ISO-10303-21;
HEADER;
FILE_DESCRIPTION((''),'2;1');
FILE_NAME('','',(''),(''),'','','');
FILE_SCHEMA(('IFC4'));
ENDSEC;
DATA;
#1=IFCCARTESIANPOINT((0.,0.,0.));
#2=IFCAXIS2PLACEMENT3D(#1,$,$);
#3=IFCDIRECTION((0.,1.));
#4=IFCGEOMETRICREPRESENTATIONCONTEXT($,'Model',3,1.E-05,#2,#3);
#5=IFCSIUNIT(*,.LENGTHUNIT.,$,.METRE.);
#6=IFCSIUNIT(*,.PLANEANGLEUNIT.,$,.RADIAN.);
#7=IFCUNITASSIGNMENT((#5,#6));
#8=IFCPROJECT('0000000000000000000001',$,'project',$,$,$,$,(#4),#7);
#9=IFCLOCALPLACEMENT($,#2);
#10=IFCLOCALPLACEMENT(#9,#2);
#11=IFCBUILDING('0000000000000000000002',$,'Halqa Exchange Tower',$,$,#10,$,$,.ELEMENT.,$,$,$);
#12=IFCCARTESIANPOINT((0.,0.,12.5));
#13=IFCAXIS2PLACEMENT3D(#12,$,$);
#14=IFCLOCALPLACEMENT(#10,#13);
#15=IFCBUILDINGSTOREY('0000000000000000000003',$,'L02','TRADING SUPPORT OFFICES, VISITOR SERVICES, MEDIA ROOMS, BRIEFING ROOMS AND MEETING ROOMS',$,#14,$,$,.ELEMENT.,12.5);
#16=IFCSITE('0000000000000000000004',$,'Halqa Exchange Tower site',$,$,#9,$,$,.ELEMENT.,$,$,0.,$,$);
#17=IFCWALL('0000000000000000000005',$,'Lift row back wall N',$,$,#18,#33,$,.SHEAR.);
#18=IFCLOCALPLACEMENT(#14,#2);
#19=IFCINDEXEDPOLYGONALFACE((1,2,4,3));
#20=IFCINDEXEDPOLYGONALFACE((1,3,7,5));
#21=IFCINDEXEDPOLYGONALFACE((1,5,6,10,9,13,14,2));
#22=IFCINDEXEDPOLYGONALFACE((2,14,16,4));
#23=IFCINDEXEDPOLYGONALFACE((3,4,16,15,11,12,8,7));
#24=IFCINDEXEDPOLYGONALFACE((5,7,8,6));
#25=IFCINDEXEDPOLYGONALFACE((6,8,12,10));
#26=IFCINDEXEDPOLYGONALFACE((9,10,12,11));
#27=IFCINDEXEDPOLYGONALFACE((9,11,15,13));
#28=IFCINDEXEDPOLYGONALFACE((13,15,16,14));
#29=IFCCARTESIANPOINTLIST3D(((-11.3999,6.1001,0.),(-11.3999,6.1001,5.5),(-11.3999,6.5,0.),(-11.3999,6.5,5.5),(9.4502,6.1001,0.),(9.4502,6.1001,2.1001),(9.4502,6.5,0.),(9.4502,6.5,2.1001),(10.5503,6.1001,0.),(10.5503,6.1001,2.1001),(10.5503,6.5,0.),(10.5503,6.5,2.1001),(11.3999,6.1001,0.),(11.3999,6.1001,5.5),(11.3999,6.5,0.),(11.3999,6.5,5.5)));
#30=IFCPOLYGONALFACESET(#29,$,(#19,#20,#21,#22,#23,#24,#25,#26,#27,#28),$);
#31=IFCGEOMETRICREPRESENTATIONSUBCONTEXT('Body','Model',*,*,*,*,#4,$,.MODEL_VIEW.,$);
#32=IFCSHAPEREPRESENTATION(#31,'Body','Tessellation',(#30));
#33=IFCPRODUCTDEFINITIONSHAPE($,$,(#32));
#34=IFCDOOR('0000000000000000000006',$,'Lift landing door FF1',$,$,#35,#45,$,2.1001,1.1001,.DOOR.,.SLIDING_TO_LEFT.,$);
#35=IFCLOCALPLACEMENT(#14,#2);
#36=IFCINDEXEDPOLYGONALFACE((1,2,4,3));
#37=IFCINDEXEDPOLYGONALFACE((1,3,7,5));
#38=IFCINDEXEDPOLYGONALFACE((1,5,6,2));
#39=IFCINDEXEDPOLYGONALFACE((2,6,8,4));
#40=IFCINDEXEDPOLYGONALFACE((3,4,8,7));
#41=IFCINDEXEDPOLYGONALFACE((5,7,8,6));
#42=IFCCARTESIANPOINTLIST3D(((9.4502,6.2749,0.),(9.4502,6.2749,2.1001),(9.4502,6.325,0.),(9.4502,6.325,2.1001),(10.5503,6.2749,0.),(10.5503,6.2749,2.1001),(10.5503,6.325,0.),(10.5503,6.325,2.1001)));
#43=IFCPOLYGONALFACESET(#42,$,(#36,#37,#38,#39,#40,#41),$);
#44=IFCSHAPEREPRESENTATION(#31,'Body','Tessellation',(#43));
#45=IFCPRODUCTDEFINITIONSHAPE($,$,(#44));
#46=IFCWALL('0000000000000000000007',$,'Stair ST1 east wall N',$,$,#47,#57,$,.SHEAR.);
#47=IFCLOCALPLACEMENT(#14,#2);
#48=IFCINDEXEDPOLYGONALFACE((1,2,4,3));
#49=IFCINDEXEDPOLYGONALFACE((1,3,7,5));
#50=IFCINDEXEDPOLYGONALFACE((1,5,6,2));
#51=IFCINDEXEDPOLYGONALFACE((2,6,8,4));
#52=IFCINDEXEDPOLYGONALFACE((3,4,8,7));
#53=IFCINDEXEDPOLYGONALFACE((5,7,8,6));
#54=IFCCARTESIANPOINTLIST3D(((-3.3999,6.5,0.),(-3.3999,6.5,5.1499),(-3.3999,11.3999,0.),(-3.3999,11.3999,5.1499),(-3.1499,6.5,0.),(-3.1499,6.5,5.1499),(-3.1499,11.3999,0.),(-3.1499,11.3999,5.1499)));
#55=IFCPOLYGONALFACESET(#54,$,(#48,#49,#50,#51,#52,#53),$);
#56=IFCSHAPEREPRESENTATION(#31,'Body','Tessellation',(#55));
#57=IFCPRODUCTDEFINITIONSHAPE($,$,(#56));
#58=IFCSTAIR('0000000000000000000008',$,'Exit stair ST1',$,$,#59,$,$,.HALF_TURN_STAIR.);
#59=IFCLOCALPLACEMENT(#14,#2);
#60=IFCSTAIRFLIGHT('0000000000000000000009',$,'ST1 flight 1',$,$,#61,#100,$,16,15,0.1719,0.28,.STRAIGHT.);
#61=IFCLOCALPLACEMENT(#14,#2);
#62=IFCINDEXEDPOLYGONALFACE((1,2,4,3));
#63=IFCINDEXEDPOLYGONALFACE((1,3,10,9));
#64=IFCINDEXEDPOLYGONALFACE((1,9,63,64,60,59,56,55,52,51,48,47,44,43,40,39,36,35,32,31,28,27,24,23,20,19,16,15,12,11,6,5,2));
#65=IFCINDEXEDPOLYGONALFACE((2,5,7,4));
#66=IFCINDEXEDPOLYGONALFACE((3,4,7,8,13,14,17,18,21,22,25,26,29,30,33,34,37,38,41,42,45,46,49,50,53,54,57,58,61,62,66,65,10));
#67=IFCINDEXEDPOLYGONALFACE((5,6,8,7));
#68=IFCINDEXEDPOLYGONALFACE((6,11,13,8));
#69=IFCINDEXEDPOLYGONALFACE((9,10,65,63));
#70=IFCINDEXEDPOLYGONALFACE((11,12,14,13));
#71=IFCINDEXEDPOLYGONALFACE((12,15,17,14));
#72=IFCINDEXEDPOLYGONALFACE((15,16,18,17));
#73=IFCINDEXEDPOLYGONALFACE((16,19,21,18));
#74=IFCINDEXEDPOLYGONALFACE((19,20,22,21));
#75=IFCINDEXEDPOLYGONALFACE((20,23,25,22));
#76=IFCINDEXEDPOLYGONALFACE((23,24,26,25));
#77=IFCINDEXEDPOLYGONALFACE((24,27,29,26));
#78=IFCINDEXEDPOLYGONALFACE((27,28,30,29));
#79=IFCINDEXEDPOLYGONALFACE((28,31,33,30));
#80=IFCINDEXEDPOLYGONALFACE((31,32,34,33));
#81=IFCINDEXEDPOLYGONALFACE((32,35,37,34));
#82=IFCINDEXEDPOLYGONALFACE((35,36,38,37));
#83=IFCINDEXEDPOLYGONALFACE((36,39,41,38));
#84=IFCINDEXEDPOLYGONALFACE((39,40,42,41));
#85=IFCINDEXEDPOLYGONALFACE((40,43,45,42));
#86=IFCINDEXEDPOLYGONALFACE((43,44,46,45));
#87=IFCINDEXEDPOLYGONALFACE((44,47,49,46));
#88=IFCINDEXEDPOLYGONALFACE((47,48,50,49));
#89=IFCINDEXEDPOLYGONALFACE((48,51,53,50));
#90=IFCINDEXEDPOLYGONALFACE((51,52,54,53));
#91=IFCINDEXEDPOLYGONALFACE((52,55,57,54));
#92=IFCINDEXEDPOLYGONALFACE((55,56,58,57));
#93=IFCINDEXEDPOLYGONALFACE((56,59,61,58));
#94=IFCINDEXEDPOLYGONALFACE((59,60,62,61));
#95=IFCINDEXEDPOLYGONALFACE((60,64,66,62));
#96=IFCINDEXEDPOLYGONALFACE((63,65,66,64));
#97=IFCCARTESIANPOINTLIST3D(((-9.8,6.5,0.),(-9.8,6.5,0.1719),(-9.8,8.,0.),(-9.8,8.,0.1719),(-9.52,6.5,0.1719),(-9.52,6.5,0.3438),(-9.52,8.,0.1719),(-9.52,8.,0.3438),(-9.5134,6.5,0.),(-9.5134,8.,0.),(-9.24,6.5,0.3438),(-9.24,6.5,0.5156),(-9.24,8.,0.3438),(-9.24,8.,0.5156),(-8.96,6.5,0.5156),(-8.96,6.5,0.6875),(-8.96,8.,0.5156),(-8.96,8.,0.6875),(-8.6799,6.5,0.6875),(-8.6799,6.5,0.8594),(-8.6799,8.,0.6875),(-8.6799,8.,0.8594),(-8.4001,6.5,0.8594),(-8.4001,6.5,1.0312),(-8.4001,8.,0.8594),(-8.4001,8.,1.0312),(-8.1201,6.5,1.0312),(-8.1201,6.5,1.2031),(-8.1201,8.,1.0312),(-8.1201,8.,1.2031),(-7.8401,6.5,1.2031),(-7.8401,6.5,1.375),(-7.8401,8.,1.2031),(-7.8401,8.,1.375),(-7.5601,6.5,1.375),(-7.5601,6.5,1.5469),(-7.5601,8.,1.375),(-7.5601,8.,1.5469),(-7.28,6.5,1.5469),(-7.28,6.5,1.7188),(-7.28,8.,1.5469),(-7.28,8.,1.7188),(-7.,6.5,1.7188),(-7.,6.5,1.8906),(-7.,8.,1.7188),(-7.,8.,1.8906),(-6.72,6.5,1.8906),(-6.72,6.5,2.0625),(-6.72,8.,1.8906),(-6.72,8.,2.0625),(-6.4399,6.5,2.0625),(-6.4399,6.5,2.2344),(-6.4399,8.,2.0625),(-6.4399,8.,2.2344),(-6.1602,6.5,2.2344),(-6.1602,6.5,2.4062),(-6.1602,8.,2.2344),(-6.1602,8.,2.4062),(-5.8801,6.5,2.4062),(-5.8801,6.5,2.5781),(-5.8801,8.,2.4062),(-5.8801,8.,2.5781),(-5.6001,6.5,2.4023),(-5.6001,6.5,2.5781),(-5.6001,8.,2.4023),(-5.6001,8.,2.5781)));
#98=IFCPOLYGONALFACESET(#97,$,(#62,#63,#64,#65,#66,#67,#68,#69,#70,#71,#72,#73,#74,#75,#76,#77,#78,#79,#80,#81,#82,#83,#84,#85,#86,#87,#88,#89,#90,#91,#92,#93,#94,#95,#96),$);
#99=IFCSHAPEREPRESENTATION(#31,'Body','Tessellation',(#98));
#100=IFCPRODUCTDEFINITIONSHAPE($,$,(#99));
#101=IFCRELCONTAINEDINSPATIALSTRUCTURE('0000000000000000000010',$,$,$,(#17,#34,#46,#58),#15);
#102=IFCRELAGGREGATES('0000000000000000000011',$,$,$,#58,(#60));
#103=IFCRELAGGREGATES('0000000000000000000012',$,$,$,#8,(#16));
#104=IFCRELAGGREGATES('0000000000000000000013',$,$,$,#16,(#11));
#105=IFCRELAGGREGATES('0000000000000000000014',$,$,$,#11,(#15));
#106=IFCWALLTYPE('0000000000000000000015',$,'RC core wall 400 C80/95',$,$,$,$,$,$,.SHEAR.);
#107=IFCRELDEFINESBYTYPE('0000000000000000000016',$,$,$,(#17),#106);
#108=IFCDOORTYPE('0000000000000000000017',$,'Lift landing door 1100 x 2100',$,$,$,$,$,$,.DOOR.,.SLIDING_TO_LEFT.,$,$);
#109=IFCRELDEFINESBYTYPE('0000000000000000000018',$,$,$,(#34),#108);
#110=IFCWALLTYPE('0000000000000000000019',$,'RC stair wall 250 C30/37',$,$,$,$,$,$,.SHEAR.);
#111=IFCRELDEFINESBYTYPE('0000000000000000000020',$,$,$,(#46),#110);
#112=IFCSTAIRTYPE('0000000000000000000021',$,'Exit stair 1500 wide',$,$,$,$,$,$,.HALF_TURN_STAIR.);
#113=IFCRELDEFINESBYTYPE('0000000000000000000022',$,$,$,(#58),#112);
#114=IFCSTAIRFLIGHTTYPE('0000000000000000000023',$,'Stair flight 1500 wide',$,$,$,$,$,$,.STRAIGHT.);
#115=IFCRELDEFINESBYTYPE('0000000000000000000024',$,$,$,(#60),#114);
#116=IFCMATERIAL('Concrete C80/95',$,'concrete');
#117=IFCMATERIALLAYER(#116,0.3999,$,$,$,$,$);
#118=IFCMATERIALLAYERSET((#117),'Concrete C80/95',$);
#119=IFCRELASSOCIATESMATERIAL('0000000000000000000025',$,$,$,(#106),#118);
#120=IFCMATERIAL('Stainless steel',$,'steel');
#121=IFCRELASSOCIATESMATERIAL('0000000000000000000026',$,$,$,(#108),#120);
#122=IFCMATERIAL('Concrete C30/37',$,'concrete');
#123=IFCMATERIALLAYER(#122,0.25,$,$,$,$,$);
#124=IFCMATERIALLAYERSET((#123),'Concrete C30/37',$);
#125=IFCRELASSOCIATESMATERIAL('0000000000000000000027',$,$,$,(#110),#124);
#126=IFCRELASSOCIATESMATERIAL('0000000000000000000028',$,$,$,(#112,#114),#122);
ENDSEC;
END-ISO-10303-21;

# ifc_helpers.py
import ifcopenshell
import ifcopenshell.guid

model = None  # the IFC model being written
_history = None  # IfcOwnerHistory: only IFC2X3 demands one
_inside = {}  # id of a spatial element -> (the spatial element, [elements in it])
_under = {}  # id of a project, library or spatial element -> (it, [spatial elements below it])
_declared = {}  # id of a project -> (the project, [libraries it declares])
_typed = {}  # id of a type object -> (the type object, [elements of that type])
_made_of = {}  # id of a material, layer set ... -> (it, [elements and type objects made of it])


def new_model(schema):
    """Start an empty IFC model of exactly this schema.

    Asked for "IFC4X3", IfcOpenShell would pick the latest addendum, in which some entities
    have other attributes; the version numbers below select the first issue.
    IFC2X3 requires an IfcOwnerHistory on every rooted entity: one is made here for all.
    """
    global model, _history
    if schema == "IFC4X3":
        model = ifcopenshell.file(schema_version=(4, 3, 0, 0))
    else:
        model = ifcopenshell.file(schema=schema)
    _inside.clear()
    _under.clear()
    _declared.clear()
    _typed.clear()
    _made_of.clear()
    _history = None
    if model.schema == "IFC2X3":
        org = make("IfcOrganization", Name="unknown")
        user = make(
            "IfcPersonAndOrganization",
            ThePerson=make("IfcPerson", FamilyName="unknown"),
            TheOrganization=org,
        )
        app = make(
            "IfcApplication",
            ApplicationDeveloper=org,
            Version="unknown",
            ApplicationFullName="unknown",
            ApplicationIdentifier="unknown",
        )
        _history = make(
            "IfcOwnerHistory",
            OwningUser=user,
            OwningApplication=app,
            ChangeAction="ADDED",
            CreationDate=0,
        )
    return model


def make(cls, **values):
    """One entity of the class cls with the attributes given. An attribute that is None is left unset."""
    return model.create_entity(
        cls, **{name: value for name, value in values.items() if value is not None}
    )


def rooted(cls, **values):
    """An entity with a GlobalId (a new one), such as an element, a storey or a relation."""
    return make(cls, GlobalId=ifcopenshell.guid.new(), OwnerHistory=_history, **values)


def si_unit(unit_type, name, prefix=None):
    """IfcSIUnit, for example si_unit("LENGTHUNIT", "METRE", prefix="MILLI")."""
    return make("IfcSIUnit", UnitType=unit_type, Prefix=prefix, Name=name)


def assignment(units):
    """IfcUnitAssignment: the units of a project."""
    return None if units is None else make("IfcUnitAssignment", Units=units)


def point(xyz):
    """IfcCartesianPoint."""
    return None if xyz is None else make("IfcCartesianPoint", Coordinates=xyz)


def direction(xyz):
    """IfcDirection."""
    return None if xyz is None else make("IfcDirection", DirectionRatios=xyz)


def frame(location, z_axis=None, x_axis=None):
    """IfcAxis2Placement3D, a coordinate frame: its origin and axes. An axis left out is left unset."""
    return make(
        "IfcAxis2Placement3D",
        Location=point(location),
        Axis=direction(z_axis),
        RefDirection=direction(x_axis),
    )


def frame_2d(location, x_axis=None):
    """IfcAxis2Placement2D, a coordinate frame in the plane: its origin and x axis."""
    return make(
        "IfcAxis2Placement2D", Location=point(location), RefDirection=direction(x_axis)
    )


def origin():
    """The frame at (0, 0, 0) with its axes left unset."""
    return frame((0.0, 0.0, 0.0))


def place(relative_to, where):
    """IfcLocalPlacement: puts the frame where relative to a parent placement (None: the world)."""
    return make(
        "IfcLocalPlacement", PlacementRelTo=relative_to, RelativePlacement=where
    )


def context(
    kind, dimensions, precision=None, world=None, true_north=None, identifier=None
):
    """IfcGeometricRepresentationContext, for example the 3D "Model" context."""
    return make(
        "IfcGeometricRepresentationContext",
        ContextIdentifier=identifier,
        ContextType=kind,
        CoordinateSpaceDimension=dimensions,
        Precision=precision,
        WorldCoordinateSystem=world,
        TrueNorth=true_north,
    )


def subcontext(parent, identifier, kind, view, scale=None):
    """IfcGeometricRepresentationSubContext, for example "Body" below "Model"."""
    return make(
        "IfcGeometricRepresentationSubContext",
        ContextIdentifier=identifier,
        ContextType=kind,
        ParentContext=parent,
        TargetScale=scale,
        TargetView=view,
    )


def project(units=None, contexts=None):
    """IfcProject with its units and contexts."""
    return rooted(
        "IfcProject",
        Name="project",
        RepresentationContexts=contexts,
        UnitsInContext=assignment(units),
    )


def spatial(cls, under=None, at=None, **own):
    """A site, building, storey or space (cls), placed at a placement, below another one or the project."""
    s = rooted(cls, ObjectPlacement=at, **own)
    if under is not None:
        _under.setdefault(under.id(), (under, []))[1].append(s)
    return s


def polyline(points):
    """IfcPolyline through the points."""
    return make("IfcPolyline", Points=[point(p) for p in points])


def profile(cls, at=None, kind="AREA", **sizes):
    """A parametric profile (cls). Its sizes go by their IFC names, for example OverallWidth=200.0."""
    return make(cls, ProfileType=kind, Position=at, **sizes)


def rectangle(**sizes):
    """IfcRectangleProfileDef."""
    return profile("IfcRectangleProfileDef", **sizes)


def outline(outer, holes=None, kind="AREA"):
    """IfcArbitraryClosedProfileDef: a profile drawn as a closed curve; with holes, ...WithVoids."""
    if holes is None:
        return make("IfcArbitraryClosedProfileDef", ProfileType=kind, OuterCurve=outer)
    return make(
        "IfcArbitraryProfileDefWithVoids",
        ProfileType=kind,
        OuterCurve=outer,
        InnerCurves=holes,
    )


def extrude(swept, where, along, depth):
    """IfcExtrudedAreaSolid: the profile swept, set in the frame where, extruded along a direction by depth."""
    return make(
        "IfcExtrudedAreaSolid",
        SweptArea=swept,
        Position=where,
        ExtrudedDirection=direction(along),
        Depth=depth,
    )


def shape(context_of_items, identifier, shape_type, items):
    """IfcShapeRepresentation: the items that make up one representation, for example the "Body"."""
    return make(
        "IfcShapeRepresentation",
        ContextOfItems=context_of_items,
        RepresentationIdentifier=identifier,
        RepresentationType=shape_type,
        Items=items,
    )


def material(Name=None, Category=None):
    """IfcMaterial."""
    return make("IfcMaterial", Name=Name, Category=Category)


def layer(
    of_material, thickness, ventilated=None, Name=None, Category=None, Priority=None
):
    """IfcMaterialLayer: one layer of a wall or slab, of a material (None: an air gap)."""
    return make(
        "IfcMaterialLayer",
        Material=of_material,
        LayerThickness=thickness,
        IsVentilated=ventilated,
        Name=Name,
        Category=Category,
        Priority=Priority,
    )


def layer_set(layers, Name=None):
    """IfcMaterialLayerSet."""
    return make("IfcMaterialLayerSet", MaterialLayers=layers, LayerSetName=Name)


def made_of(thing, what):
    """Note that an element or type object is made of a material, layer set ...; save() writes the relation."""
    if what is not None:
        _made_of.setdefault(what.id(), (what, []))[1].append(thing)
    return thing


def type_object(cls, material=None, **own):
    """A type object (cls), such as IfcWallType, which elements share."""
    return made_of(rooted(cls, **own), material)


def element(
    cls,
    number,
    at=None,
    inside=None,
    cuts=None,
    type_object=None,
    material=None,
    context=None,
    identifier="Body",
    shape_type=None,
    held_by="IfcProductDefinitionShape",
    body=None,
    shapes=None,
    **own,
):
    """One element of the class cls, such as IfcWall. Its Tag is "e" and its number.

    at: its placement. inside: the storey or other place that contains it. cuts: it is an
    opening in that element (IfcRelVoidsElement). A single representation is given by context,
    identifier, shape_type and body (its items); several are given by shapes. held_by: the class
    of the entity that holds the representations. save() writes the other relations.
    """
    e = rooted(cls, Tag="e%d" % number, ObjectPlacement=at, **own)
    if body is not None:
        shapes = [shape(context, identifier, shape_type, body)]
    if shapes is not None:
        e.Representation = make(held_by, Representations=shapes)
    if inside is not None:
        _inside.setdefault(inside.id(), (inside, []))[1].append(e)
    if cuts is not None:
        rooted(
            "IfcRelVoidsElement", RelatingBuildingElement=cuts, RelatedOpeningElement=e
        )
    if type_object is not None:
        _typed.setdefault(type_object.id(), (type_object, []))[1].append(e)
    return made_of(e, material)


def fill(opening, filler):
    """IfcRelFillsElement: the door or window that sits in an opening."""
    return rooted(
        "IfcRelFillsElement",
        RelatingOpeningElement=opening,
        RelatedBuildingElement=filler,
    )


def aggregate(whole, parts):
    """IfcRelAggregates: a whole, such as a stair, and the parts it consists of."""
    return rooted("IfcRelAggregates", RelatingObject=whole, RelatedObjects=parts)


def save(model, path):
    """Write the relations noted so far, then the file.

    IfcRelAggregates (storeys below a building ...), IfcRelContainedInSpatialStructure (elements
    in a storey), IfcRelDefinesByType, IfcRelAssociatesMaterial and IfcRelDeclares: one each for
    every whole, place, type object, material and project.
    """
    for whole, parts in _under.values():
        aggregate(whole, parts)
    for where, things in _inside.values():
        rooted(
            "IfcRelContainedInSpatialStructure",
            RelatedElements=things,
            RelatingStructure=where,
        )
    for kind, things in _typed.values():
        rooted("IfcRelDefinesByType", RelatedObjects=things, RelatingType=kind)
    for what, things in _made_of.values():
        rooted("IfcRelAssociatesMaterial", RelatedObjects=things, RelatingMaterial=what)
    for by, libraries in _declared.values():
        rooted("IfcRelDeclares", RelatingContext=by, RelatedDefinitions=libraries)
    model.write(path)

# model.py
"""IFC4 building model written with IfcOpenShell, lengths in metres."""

from ifc_helpers import new_model, si_unit, direction, frame, frame_2d, origin, place, context, subcontext, project, spatial, polyline, rectangle, outline, extrude, material, layer, layer_set, type_object, element, fill, aggregate, save


model = new_model("IFC4")

# Units and contexts
model_context = context("Model", 3, precision=1e-05, world=origin(), true_north=direction((0.0, 1.0)))
body_context = subcontext(model_context, "Body", "Model", "MODEL_VIEW")
ifc_project = project(units=[si_unit("LENGTHUNIT", "METRE"), si_unit("PLANEANGLEUNIT", "RADIAN")], contexts=[model_context])

# Site, building, storey
site_placement = place(None, origin())
site = spatial("IfcSite", under=ifc_project, at=site_placement, Name="Halqa Exchange Tower site", CompositionType="ELEMENT", RefElevation=0.0)
building_placement = place(site_placement, origin())
building = spatial("IfcBuilding", under=site, at=building_placement, Name="Halqa Exchange Tower", CompositionType="ELEMENT")
storey_placement = place(building_placement, frame((0.0, 0.0, 12.5)))
storey = spatial("IfcBuildingStorey", under=building, at=storey_placement, Name="L02", Description="TRADING SUPPORT OFFICES, VISITOR SERVICES, MEDIA ROOMS, BRIEFING ROOMS AND MEETING ROOMS", CompositionType="ELEMENT", Elevation=12.5)

# Shared definitions
ifc_material_1 = material(Name="Concrete C80/95", Category="concrete")
ifc_layer_1 = layer(ifc_material_1, 0.3999)
ifc_layer_set_1 = layer_set([ifc_layer_1], Name="Concrete C80/95")
wall_type_1 = type_object("IfcWallType", Name="RC core wall 400 C80/95", PredefinedType="SHEAR", material=ifc_layer_set_1)
ifc_material_2 = material(Name="Stainless steel", Category="steel")
door_type_1 = type_object("IfcDoorType", Name="Lift landing door 1100 x 2100", OperationType="SLIDING_TO_LEFT", PredefinedType="DOOR", material=ifc_material_2)

# Wall, opening, door
wall_1_placement = place(storey_placement, frame((-11.3999, 6.3, 0.0), z_axis=(0.0, 0.0, 1.0), x_axis=(1.0, 0.0, 0.0)))
wall_1 = element("IfcWall", 1, at=wall_1_placement, inside=storey, type_object=wall_type_1, Name="Lift row back wall N", PredefinedType="SHEAR", context=body_context, shape_type="SweptSolid", body=[
    extrude(rectangle(XDim=22.7998, YDim=0.3999, at=frame_2d((11.3999, 0.0))), origin(), (0.0, 0.0, 1.0), 5.5),
])
opening_1_placement = place(wall_1_placement, frame((20.8501, 0.0, 0.0)))
opening_1 = element("IfcOpeningElement", 2, at=opening_1_placement, cuts=wall_1, PredefinedType="OPENING", context=body_context, shape_type="SweptSolid", body=[
    extrude(rectangle(XDim=1.1001, YDim=2.1001, at=frame_2d((0.55, 1.05))), frame((0.0, 0.2119, 0.0), z_axis=(0.0, -1.0, 0.0), x_axis=(1.0, 0.0, 0.0)), (0.0, 0.0, 1.0), 0.4238),
])
door_1_placement = place(opening_1_placement, origin())
door_1 = element("IfcDoor", 3, at=door_1_placement, inside=storey, type_object=door_type_1, Name="Lift landing door FF1", OperationType="SLIDING_TO_LEFT", OverallHeight=2.1001, OverallWidth=1.1001, PredefinedType="DOOR", context=body_context, shape_type="SweptSolid", body=[
    extrude(rectangle(XDim=1.1001, YDim=2.1001, at=frame_2d((0.55, 1.05))), frame((0.0, 0.0249, 0.0), z_axis=(0.0, -1.0, 0.0), x_axis=(1.0, 0.0, 0.0)), (0.0, 0.0, 1.0), 0.05),
])
fill(opening_1, door_1)

# Wall
ifc_material_3 = material(Name="Concrete C30/37", Category="concrete")
ifc_layer_2 = layer(ifc_material_3, 0.25)
ifc_layer_set_2 = layer_set([ifc_layer_2], Name="Concrete C30/37")
wall_type_2 = type_object("IfcWallType", Name="RC stair wall 250 C30/37", PredefinedType="SHEAR", material=ifc_layer_set_2)
wall_2_placement = place(storey_placement, frame((-3.2749, 6.5, 0.0), z_axis=(0.0, 0.0, 1.0), x_axis=(0.0, 1.0, 0.0)))
element("IfcWall", 4, at=wall_2_placement, inside=storey, type_object=wall_type_2, Name="Stair ST1 east wall N", PredefinedType="SHEAR", context=body_context, shape_type="SweptSolid", body=[
    extrude(rectangle(XDim=4.8999, YDim=0.25, at=frame_2d((2.45, 0.0))), origin(), (0.0, 0.0, 1.0), 5.1499),
])

# Stair, stair flight
stair_type = type_object("IfcStairType", Name="Exit stair 1500 wide", PredefinedType="HALF_TURN_STAIR", material=ifc_material_3)
stair_placement = place(storey_placement, origin())
stair = element("IfcStair", 5, at=stair_placement, inside=storey, type_object=stair_type, Name="Exit stair ST1", PredefinedType="HALF_TURN_STAIR")
stair_flight_type = type_object("IfcStairFlightType", Name="Stair flight 1500 wide", PredefinedType="STRAIGHT", material=ifc_material_3)
stair_flight_placement = place(storey_placement, frame((-9.8, 7.25, 0.0), z_axis=(0.0, 0.0, 1.0), x_axis=(1.0, 0.0, 0.0)))
stair_flight = element("IfcStairFlight", 6, at=stair_flight_placement, type_object=stair_flight_type, Name="ST1 flight 1", NumberOfRisers=16, NumberOfTreads=15, PredefinedType="STRAIGHT", RiserHeight=0.1719, TreadLength=0.28, context=body_context, shape_type="SweptSolid", body=[
    extrude(outline(polyline([(0.0, 0.0), (0.0, 0.1719), (0.28, 0.1719), (0.28, 0.3438), (0.5601, 0.3438), (0.5601, 0.5156), (0.8401, 0.5156), (0.8401, 0.6875), (1.1201, 0.6875), (1.1201, 0.8594), (1.3999, 0.8594), (1.3999, 1.0312), (1.6799, 1.0312), (1.6799, 1.2031), (1.96, 1.2031), (1.96, 1.375), (2.24, 1.375), (2.24, 1.5469), (2.52, 1.5469), (2.52, 1.7188), (2.8, 1.7188), (2.8, 1.8906), (3.0801, 1.8906), (3.0801, 2.0625), (3.3601, 2.0625), (3.3601, 2.2344), (3.6399, 2.2344), (3.6399, 2.4062), (3.9199, 2.4062), (3.9199, 2.5781), (4.2, 2.5781), (4.2, 2.75), (4.2, 2.4023), (0.2866, 0.0), (0.0, 0.0)])), frame((0.0, 0.75, 0.0), z_axis=(0.0, -1.0, 0.0), x_axis=(1.0, 0.0, 0.0)), (0.0, 0.0, 1.0), 1.5),
])
aggregate(stair, [stair_flight])

save(model, "model.ifc")
